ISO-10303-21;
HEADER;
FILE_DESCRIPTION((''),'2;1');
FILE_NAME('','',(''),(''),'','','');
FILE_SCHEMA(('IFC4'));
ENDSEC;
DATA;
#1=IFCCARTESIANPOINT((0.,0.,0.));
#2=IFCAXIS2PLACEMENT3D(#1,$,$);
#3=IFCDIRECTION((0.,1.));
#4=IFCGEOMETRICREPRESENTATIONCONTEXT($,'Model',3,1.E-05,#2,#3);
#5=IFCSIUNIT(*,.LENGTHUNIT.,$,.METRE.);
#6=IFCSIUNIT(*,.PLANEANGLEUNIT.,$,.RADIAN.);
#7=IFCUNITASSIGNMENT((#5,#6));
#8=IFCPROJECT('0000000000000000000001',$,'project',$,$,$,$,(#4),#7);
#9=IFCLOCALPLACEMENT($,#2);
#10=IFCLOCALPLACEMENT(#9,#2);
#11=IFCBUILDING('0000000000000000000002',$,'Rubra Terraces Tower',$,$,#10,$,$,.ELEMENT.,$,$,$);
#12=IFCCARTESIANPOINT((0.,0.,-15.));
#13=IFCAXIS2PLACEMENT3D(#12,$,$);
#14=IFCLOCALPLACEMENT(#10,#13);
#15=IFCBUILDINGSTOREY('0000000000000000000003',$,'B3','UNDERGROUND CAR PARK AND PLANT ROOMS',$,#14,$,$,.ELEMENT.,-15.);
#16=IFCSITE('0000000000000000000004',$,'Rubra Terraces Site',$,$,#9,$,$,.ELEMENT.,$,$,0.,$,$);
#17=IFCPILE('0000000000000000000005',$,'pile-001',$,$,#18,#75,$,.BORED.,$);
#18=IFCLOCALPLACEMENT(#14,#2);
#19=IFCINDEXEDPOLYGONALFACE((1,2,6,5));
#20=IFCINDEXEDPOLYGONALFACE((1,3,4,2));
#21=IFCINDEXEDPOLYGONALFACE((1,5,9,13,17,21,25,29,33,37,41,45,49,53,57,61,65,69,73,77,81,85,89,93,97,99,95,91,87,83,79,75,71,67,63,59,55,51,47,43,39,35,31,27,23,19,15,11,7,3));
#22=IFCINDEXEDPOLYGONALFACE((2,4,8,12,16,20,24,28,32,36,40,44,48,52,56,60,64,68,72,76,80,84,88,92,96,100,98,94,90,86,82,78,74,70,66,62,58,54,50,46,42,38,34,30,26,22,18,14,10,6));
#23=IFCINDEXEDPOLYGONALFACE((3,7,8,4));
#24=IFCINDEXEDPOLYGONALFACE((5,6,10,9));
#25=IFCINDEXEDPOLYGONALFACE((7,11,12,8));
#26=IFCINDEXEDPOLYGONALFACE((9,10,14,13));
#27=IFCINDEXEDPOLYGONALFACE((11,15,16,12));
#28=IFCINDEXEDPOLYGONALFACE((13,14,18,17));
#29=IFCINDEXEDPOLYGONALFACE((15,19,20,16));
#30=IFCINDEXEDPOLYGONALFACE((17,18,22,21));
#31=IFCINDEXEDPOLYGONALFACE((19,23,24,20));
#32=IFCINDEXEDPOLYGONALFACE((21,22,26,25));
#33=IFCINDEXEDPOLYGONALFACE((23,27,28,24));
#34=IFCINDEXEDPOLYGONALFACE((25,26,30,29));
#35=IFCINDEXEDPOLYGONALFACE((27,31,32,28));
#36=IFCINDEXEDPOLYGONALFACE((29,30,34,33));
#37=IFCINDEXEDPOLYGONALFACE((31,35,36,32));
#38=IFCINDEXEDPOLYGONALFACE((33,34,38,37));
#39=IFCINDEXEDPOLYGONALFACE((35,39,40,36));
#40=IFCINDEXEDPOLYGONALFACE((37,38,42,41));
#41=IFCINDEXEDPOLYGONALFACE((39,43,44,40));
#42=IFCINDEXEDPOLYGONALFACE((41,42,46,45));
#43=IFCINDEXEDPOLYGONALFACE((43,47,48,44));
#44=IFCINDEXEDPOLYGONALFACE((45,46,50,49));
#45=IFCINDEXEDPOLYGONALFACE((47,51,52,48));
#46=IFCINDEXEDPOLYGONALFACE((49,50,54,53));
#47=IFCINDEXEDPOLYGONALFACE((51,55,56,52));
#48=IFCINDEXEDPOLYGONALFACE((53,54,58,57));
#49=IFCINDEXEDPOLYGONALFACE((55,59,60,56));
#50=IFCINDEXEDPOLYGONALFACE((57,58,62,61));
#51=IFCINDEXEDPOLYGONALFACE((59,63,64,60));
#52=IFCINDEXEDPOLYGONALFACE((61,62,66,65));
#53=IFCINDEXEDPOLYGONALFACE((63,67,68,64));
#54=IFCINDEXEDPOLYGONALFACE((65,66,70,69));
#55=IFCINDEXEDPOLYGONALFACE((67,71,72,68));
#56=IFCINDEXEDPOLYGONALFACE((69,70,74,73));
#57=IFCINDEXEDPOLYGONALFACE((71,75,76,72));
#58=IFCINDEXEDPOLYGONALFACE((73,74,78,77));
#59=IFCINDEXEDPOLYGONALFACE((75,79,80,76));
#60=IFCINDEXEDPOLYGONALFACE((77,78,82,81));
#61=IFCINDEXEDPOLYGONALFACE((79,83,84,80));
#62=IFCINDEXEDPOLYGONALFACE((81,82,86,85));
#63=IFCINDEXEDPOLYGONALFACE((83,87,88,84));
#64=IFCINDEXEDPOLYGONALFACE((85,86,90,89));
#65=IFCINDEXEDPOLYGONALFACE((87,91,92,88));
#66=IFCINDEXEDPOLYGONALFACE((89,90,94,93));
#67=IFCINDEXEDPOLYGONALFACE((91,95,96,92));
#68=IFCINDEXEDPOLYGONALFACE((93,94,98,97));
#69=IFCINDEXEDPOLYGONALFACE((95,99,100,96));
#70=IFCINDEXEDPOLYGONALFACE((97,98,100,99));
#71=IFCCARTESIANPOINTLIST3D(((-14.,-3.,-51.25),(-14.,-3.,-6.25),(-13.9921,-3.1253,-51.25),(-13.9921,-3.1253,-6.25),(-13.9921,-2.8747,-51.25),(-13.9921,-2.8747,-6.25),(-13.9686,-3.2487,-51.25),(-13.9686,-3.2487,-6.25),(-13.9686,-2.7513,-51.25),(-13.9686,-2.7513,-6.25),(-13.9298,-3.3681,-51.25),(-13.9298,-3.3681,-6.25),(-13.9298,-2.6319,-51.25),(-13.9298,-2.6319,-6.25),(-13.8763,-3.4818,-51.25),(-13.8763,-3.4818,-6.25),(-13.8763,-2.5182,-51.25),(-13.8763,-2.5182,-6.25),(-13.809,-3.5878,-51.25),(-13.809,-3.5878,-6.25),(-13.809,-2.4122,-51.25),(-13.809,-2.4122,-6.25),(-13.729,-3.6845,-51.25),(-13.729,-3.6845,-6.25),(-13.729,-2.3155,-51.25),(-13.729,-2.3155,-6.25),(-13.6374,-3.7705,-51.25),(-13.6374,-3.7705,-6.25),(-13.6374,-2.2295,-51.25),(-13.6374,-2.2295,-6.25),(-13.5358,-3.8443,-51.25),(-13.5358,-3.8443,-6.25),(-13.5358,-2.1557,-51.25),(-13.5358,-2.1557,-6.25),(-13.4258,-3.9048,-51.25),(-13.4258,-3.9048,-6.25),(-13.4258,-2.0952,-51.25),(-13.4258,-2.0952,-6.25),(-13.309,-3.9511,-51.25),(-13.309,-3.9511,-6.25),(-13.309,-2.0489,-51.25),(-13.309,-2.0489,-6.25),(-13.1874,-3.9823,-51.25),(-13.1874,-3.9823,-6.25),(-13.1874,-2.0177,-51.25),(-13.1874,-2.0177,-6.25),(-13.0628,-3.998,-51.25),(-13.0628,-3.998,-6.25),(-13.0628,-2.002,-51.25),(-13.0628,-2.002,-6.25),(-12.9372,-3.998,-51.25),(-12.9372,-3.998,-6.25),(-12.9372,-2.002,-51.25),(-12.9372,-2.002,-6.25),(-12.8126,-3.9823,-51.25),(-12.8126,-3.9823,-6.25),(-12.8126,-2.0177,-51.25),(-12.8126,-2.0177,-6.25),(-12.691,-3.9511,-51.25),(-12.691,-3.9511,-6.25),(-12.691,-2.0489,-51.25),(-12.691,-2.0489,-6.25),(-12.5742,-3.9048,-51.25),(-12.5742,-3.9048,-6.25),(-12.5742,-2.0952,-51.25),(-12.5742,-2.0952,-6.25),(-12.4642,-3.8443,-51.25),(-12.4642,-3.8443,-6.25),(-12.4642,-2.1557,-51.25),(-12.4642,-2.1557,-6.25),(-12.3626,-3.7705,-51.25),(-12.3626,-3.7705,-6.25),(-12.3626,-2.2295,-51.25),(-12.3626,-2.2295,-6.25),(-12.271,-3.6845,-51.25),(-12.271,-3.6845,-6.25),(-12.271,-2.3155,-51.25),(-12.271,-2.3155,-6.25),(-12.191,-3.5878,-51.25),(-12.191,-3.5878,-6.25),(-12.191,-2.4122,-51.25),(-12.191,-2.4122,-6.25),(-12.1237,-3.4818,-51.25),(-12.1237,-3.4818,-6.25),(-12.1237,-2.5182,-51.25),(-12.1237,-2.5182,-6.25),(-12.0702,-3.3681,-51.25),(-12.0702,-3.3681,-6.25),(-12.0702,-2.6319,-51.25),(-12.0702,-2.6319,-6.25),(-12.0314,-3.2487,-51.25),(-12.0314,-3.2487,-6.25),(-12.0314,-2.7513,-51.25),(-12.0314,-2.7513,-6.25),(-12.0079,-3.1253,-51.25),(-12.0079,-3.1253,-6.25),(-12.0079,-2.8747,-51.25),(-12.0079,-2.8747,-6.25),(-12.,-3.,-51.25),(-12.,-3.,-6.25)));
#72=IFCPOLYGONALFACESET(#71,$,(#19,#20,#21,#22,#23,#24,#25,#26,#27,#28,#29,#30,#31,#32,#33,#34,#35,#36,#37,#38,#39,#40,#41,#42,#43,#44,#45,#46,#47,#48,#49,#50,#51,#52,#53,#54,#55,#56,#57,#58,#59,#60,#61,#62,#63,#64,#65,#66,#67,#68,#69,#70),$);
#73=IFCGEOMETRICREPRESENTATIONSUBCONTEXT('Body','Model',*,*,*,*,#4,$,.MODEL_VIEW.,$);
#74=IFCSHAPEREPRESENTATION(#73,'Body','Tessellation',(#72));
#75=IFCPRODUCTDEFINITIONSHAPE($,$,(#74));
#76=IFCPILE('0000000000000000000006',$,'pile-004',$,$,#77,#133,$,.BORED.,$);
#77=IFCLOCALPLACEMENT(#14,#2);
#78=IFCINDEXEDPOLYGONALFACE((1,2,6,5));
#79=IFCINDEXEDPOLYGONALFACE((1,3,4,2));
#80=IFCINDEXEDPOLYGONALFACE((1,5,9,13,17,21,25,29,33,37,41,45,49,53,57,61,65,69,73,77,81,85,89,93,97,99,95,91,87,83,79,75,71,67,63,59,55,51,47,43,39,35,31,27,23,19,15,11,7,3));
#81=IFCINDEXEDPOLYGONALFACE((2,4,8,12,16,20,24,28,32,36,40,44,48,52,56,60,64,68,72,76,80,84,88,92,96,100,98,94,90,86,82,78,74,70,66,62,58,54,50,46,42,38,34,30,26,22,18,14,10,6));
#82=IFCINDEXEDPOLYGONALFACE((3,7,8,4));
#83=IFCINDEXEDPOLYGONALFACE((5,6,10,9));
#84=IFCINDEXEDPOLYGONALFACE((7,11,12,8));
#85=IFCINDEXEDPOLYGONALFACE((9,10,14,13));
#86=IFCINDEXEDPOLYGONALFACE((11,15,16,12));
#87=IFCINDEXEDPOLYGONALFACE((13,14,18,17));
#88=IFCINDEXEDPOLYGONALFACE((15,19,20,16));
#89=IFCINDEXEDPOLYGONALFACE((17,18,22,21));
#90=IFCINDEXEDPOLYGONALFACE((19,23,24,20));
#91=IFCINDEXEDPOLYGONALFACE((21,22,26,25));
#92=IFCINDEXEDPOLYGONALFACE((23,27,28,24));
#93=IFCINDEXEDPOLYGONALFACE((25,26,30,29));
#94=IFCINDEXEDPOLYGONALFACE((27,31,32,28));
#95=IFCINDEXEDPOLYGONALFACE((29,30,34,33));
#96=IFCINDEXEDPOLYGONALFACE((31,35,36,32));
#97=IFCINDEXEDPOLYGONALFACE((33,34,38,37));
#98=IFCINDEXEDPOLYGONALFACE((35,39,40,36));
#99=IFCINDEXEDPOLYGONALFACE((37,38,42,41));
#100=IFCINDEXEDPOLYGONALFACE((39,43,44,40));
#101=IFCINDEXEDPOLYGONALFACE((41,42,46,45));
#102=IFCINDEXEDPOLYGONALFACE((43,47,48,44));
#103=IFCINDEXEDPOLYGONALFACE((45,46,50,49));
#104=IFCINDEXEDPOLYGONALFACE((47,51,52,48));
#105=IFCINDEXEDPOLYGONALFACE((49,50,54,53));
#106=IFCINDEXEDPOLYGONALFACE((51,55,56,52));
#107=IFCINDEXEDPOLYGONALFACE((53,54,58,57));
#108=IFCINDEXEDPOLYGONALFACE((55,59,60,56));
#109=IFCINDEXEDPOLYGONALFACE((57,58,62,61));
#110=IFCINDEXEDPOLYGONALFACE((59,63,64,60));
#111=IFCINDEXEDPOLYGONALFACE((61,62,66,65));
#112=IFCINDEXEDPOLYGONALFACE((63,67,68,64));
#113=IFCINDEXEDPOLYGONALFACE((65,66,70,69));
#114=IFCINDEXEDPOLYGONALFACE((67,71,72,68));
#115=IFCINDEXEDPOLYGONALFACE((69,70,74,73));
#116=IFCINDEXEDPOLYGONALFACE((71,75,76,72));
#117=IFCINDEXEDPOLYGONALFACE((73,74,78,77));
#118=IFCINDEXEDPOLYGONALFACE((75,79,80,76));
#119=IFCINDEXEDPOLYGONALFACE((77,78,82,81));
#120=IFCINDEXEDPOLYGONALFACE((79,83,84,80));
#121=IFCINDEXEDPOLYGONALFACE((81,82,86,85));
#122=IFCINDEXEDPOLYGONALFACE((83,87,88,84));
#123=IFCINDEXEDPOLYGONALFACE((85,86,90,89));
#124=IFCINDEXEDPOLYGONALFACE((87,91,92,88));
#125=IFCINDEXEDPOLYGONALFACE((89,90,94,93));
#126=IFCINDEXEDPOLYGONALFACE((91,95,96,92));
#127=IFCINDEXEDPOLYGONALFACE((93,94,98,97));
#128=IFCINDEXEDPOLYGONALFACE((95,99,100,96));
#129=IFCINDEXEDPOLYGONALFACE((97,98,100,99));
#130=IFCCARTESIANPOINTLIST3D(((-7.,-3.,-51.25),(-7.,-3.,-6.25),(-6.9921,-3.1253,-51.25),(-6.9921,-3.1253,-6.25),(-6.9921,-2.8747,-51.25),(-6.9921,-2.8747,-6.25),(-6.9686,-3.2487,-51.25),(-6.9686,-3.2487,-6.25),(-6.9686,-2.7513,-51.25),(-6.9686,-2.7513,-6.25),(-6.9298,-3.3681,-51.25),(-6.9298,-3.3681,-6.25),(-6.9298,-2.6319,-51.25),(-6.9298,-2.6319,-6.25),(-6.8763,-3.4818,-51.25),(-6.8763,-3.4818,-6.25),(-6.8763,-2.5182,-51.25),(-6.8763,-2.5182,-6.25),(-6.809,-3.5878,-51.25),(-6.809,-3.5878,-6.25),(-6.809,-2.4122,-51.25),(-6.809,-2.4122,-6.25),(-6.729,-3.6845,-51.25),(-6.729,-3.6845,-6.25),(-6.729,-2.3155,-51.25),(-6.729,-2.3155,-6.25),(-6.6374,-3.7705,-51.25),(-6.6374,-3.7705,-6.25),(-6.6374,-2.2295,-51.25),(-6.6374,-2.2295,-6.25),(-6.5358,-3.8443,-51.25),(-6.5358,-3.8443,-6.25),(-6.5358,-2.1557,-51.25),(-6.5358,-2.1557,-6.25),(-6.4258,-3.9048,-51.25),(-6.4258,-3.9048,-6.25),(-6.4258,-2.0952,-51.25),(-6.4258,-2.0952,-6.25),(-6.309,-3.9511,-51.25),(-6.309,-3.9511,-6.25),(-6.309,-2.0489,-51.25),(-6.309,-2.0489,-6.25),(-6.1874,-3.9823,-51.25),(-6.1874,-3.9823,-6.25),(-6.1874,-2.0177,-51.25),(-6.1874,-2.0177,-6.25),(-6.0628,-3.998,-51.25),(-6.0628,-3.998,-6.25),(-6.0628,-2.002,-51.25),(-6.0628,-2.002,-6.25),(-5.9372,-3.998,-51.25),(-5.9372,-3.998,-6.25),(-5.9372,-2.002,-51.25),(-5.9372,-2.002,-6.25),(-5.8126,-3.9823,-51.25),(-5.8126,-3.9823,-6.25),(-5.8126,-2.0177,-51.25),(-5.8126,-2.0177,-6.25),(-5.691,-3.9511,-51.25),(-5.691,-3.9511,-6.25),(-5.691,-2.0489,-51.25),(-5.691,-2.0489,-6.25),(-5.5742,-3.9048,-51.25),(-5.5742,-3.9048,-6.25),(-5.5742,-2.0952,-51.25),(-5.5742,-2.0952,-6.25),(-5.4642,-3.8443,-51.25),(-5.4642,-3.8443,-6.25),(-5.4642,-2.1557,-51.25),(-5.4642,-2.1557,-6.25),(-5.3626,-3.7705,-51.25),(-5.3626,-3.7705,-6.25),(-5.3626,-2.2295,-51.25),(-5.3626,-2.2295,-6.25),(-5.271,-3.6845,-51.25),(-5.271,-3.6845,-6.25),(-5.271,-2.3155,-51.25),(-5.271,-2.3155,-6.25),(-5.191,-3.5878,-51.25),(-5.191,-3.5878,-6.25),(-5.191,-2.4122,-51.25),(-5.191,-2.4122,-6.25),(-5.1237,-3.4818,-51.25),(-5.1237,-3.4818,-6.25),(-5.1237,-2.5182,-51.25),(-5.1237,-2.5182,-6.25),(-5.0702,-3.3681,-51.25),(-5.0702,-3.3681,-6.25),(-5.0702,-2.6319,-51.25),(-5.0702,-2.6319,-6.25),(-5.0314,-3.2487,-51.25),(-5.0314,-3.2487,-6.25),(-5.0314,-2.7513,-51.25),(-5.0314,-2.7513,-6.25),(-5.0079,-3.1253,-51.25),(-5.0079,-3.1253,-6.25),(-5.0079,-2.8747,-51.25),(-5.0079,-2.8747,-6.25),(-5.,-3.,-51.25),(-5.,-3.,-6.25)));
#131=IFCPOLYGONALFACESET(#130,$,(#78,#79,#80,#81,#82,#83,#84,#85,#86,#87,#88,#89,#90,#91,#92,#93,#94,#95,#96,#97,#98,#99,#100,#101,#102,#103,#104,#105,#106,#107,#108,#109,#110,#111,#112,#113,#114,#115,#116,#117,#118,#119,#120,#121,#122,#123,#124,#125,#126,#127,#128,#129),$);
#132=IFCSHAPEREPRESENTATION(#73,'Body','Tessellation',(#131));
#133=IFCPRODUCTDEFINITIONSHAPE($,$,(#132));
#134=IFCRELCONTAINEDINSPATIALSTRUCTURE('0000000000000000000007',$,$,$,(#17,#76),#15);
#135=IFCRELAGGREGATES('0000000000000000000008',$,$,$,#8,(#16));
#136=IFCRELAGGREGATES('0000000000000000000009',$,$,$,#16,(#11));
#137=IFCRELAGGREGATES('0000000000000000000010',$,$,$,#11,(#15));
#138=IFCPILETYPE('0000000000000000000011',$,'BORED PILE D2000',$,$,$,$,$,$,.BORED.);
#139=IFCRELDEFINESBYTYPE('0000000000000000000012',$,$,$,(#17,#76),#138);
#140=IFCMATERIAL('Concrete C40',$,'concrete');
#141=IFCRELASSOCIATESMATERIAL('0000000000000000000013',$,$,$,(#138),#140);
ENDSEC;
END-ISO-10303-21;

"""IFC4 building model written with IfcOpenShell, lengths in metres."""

from ifc_helpers import new_model, si_unit, direction, frame, origin, origin_2d, place, context, subcontext, project, spatial, circle, extrude, material, material_profile, profile_set, type_object, element, save


model = new_model("IFC4")

# Units and contexts
model_context = context("Model", 3, precision=1e-05, world=origin(), true_north=direction((0.0, 1.0)))
body_context = subcontext(model_context, "Body", "Model", "MODEL_VIEW")
ifc_project = project(units=[si_unit("LENGTHUNIT", "METRE"), si_unit("PLANEANGLEUNIT", "RADIAN")], contexts=[model_context])

# Site, building, storey
site_placement = place(None, origin())
site = spatial("IfcSite", under=ifc_project, at=site_placement, Name="Rubra Terraces Site", CompositionType="ELEMENT", RefElevation=0.0)
building_placement = place(site_placement, origin())
building = spatial("IfcBuilding", under=site, at=building_placement, Name="Rubra Terraces Tower", CompositionType="ELEMENT")
storey_placement = place(building_placement, frame((0.0, 0.0, -15.0)))
storey = spatial("IfcBuildingStorey", under=building, at=storey_placement, Name="B3", Description="UNDERGROUND CAR PARK AND PLANT ROOMS", CompositionType="ELEMENT", Elevation=-15.0)

# Piles
ifc_material_1 = material(Name="Concrete C40", Category="concrete")
ifc_material_profile = material_profile(ifc_material_1, circle(Radius=1.0, at=origin_2d()), Name="BORED PILE D2000")
ifc_profile_set = profile_set([ifc_material_profile], Name="Concrete C40")
pile_type = type_object("IfcPileType", Name="BORED PILE D2000", PredefinedType="BORED", material=ifc_profile_set)
for number, where, z_axis, x_axis, name in (
    (1, (-13.0, -3.0, -6.25), (0.0, 0.0, -1.0), (1.0, 0.0, 0.0), "pile-001"),
    (2, (-6.0, -3.0, -6.25), (0.0, 0.0, -1.0), (1.0, 0.0, 0.0), "pile-004"),
):
    element("IfcPile", number, at=place(storey_placement, frame(where, z_axis=z_axis, x_axis=x_axis)), inside=storey, type_object=pile_type, Name=name, PredefinedType="BORED", context=body_context, shape_type="SweptSolid", body=[
        extrude(circle(Radius=1.0, at=origin_2d()), origin(), (0.0, 0.0, 1.0), 45.0),
    ])

save(model, "model.ifc")
